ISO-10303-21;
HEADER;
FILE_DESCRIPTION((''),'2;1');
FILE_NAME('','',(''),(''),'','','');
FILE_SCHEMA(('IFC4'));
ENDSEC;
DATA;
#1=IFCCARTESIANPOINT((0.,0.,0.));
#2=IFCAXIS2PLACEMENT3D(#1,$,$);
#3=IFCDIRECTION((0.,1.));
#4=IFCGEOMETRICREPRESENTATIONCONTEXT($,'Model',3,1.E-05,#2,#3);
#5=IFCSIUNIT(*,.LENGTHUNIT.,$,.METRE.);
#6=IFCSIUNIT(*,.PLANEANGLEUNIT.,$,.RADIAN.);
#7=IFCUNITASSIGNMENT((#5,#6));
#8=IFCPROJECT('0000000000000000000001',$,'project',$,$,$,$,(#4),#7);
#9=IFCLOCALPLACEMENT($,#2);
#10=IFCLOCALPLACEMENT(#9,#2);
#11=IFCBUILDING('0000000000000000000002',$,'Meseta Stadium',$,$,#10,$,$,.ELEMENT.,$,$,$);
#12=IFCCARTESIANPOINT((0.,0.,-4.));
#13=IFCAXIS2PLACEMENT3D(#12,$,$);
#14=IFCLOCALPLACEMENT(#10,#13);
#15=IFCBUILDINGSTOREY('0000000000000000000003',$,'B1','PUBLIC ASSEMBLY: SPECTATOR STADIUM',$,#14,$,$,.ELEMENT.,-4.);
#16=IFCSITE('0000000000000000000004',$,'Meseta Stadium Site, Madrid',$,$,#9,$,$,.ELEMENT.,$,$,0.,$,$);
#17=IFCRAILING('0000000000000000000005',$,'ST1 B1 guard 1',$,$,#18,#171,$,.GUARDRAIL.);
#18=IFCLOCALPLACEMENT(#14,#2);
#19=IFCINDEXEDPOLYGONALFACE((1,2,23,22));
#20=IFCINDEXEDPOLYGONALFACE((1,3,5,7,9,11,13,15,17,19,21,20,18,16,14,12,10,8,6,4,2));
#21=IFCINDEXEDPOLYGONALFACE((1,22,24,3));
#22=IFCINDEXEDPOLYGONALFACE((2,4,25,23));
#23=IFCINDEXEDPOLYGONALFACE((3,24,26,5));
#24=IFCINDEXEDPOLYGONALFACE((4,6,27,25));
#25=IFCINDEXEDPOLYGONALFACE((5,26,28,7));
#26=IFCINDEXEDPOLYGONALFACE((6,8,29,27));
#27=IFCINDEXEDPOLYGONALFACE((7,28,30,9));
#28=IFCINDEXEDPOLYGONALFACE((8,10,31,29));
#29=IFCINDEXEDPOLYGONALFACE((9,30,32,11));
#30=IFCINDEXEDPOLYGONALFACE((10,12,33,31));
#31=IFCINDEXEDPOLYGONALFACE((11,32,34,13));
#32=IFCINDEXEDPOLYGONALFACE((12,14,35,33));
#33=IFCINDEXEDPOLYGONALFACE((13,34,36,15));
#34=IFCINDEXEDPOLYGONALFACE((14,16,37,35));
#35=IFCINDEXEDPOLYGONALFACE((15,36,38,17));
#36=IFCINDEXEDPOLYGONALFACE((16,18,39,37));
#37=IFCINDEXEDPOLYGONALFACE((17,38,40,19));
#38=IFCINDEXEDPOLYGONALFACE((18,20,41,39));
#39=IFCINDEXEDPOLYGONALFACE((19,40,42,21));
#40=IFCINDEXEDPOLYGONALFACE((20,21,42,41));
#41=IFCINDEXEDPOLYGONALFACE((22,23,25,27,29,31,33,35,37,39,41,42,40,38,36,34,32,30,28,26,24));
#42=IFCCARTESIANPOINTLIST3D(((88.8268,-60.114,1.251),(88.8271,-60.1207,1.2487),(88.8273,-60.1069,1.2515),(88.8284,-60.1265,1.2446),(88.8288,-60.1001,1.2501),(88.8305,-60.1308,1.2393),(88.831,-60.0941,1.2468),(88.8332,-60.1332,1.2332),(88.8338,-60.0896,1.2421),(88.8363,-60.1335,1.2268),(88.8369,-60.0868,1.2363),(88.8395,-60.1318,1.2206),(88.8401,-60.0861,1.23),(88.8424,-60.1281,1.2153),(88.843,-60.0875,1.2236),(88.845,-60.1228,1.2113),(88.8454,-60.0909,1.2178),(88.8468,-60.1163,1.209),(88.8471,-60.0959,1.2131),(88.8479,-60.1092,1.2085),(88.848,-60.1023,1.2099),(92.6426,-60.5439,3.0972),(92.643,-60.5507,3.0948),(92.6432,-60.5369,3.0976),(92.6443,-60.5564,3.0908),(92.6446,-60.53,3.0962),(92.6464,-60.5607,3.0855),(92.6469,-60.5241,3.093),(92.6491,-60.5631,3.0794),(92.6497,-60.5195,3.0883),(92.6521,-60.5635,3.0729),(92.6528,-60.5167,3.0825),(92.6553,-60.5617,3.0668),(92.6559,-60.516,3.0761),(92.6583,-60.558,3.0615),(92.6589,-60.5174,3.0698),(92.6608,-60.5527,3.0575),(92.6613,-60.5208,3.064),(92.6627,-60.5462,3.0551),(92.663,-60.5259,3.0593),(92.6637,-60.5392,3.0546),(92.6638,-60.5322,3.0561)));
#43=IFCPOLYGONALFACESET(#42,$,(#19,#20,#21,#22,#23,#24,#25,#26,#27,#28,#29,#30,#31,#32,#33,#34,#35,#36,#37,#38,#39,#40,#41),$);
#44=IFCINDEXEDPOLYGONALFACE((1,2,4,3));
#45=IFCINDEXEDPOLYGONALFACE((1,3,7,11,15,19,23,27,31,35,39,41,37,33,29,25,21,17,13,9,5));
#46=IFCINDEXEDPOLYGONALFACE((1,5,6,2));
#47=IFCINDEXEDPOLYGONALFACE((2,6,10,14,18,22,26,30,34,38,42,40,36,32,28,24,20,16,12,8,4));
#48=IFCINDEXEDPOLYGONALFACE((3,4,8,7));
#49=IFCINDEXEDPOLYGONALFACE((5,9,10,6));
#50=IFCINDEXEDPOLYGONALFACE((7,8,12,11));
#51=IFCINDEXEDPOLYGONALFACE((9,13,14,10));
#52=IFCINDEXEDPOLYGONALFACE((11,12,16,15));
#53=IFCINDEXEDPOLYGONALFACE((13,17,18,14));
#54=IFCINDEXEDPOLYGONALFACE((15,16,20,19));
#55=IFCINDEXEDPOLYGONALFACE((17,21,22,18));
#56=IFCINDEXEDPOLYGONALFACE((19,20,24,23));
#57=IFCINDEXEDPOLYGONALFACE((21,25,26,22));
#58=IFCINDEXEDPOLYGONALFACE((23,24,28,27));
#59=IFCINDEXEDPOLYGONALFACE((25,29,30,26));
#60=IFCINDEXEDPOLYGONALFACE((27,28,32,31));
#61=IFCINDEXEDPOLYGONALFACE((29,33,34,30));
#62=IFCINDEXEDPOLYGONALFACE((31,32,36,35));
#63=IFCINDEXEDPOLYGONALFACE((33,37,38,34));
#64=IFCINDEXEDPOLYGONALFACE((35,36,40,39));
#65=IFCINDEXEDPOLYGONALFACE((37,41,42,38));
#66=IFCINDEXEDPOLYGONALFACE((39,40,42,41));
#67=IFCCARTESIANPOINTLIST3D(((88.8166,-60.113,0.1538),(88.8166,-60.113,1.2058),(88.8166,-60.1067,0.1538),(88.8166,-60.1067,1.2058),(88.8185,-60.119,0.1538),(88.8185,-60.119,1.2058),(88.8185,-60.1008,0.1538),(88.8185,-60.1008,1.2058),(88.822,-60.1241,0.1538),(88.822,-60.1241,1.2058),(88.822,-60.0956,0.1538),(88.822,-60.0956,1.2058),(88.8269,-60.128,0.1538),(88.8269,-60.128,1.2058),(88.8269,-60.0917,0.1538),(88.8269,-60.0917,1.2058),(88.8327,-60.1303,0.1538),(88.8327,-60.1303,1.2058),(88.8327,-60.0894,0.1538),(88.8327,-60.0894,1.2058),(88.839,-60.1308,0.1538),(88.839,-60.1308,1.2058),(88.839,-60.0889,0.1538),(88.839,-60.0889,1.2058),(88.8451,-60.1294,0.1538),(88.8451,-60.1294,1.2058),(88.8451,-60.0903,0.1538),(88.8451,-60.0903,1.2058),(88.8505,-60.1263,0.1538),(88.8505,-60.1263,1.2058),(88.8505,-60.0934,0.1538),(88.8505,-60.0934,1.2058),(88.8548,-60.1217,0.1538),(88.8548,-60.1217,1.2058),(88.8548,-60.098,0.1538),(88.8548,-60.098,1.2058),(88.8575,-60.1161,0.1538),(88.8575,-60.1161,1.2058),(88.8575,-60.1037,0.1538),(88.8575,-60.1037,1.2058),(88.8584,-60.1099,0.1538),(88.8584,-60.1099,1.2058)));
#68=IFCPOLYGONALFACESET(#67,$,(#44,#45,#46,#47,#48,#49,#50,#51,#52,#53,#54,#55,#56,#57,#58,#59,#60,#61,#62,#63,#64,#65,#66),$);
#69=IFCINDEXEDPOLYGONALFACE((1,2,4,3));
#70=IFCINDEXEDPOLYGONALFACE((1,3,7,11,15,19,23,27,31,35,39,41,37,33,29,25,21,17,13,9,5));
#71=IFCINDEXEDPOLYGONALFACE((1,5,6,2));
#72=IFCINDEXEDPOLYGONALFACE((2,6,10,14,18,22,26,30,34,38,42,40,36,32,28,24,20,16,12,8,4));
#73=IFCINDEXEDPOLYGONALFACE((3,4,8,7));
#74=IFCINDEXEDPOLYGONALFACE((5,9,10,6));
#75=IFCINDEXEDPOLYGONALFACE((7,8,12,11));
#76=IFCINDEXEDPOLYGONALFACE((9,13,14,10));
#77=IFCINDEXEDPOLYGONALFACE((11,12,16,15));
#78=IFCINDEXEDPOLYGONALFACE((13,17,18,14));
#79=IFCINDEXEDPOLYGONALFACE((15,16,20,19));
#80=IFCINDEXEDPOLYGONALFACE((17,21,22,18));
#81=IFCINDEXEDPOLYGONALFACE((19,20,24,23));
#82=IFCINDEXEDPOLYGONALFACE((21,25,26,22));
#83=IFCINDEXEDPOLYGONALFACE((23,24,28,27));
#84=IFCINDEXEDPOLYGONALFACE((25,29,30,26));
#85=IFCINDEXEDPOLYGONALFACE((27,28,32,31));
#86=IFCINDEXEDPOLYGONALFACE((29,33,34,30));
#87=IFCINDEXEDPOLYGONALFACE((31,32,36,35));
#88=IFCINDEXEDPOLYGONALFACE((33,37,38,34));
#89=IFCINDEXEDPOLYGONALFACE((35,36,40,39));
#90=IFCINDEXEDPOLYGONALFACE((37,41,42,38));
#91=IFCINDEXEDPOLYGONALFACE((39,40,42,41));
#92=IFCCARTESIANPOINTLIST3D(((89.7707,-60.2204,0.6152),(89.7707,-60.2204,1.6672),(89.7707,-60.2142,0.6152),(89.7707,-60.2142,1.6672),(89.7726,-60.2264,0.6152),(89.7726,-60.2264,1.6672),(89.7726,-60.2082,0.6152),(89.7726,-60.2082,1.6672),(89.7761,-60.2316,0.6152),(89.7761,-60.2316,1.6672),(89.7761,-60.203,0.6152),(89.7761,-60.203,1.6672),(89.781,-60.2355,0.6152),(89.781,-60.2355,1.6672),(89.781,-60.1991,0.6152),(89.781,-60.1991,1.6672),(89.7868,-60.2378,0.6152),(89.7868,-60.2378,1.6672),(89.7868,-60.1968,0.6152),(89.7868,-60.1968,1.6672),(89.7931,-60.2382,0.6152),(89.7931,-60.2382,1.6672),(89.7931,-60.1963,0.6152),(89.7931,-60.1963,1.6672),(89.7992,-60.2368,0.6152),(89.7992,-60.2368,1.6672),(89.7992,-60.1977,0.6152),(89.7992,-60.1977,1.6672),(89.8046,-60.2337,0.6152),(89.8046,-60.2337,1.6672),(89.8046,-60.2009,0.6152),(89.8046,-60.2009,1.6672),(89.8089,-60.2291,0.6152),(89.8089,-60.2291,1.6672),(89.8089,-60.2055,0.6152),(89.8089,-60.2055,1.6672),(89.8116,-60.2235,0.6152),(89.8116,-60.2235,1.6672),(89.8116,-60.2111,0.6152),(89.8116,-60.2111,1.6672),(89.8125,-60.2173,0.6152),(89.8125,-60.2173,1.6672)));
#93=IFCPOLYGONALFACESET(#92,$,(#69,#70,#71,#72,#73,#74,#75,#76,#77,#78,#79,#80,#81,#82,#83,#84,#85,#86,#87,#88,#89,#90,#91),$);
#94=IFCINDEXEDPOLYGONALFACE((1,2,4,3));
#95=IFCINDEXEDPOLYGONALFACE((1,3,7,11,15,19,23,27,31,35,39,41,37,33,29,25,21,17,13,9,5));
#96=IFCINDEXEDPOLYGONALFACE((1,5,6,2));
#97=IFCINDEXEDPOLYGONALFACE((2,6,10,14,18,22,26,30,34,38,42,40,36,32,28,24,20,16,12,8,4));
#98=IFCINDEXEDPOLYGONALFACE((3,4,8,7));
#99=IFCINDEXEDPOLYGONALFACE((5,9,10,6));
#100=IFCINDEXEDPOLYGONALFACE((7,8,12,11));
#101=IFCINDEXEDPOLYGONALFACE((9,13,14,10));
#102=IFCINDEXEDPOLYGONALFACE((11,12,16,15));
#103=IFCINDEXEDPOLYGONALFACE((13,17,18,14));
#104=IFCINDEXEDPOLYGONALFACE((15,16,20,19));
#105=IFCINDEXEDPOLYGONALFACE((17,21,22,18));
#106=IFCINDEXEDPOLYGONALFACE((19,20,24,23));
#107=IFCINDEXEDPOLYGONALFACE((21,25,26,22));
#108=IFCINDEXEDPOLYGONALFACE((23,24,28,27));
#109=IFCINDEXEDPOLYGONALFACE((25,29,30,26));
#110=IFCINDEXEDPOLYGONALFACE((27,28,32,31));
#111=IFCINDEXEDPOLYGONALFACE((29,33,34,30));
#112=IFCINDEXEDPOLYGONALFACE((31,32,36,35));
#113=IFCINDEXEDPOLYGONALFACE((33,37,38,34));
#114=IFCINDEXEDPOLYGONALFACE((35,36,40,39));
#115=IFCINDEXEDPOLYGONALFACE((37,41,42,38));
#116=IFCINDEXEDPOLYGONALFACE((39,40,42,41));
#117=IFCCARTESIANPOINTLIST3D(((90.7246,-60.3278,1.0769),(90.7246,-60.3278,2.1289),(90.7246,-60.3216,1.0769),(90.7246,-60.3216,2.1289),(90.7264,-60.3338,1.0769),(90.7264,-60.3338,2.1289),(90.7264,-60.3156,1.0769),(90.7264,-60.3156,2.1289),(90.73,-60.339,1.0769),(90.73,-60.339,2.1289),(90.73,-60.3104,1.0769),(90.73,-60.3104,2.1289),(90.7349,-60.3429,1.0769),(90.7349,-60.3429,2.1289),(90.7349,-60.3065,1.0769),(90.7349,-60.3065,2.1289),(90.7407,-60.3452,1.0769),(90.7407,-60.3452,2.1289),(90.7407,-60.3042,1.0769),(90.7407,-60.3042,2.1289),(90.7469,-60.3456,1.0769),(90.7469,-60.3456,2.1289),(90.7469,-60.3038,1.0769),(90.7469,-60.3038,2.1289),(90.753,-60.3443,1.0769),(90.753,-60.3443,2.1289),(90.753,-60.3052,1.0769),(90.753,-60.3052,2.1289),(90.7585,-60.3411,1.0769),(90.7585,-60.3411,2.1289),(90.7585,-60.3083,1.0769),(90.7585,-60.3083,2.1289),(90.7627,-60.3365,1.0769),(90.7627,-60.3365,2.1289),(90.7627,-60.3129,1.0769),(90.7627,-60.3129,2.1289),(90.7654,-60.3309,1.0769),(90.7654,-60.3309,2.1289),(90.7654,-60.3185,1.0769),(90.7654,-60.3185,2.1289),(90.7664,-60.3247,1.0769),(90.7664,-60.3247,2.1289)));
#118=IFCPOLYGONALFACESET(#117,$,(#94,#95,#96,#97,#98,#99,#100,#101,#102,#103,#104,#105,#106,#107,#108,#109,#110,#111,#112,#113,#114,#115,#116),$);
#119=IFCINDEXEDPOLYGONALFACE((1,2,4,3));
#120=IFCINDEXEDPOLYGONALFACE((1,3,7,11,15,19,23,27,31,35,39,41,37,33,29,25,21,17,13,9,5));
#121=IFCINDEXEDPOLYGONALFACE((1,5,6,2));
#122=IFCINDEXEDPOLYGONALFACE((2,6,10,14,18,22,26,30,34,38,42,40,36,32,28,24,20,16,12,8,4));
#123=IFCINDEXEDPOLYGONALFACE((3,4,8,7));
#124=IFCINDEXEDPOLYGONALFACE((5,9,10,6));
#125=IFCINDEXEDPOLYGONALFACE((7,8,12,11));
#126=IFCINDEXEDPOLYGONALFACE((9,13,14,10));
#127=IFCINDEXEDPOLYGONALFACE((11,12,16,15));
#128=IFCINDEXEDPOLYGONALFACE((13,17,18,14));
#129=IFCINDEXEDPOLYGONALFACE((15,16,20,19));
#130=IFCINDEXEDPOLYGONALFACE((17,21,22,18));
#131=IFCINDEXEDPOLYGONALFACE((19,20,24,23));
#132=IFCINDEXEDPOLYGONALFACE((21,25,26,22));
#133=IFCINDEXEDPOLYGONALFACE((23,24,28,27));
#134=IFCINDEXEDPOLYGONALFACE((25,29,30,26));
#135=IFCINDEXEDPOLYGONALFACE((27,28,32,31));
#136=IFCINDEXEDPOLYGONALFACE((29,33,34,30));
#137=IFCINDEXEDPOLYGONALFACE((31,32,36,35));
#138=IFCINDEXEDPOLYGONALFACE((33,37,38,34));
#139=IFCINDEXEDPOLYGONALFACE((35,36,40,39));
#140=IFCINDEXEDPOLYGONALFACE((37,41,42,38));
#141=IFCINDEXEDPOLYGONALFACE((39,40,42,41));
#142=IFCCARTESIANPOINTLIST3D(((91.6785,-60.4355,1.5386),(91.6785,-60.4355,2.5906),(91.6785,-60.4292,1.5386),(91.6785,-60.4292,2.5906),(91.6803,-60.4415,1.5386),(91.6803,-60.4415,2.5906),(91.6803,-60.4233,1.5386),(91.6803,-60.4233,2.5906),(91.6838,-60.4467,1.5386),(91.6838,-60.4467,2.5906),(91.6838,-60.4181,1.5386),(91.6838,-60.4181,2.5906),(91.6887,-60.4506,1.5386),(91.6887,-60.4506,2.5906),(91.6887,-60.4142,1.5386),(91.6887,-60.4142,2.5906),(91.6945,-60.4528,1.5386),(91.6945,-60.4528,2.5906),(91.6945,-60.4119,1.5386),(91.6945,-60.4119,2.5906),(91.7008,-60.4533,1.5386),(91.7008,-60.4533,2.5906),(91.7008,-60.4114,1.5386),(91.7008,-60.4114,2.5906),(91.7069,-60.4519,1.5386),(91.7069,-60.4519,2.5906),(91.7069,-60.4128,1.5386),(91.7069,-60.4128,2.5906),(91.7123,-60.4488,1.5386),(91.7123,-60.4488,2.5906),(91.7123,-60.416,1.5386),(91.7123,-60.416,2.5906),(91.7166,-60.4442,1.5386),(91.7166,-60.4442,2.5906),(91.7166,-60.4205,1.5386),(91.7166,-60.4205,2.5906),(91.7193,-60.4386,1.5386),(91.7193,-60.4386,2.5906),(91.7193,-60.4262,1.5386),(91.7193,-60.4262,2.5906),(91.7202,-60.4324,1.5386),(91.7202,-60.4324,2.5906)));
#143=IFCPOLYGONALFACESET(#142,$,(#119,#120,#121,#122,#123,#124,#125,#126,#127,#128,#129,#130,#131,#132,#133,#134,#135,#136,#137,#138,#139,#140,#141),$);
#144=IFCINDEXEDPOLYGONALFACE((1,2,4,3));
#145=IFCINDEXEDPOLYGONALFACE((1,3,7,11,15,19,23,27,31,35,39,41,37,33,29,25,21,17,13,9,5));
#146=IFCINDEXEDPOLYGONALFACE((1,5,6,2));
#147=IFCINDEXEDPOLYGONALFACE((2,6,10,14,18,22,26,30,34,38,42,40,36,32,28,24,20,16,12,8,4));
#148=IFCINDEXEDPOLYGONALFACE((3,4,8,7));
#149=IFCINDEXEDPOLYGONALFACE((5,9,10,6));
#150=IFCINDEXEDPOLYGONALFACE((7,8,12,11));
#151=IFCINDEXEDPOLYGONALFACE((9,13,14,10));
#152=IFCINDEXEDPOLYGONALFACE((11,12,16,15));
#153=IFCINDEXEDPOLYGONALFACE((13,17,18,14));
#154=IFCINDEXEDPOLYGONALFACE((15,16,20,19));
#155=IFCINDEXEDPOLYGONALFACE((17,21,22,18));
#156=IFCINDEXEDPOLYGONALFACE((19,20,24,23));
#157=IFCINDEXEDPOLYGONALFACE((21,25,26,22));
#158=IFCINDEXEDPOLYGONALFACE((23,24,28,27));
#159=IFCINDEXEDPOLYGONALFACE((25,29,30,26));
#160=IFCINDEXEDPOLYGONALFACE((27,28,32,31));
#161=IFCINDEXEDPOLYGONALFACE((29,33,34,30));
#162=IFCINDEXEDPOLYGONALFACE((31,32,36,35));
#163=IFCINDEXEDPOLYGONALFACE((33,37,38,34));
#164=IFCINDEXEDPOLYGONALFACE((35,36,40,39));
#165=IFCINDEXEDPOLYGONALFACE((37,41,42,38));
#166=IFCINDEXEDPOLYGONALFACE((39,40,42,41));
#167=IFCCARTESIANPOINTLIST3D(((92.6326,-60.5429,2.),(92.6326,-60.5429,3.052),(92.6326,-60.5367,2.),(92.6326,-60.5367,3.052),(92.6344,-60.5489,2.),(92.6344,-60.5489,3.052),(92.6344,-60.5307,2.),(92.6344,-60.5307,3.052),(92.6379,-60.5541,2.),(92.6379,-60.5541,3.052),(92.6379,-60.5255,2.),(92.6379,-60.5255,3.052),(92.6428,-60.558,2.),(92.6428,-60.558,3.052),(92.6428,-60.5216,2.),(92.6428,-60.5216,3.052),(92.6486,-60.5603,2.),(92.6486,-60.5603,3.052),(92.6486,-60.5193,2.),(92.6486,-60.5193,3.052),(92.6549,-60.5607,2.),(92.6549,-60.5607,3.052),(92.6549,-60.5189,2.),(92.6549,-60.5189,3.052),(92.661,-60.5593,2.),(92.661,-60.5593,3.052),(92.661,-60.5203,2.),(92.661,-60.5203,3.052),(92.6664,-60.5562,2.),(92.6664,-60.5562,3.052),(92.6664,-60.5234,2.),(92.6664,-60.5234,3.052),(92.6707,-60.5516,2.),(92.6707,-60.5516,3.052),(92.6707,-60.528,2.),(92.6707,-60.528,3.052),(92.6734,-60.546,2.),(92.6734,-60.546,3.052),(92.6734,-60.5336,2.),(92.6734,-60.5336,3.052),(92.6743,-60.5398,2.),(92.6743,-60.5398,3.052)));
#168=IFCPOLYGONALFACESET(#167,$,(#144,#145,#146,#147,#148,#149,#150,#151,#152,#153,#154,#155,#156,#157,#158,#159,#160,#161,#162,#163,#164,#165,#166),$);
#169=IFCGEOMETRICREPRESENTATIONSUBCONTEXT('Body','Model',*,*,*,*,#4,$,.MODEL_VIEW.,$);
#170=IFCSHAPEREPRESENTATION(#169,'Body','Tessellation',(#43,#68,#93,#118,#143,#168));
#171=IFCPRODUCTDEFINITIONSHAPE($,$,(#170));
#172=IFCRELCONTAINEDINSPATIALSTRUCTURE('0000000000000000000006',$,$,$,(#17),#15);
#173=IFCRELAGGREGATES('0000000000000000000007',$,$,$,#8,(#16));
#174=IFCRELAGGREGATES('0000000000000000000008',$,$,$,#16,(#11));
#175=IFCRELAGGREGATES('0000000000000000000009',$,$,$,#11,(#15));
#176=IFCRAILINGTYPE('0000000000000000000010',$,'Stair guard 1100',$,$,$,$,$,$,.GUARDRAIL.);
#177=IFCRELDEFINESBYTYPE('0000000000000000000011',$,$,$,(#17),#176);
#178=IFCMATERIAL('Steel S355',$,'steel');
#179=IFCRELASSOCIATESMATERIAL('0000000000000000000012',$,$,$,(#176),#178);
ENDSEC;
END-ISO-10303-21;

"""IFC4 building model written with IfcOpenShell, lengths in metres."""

from ifc_helpers import new_model, si_unit, direction, frame, origin, origin_2d, place, context, subcontext, project, spatial, circle, extrude, material, type_object, element, save


model = new_model("IFC4")

# Units and contexts
model_context = context("Model", 3, precision=1e-05, world=origin(), true_north=direction((0.0, 1.0)))
body_context = subcontext(model_context, "Body", "Model", "MODEL_VIEW")
ifc_project = project(units=[si_unit("LENGTHUNIT", "METRE"), si_unit("PLANEANGLEUNIT", "RADIAN")], contexts=[model_context])

# Site, building, storey
site_placement = place(None, origin())
site = spatial("IfcSite", under=ifc_project, at=site_placement, Name="Meseta Stadium Site, Madrid", CompositionType="ELEMENT", RefElevation=0.0)
building_placement = place(site_placement, origin())
building = spatial("IfcBuilding", under=site, at=building_placement, Name="Meseta Stadium", CompositionType="ELEMENT")
storey_placement = place(building_placement, frame((0.0, 0.0, -4.0)))
storey = spatial("IfcBuildingStorey", under=building, at=storey_placement, Name="B1", Description="PUBLIC ASSEMBLY: SPECTATOR STADIUM", CompositionType="ELEMENT", Elevation=-4.0)

# Railing
ifc_material_1 = material(Name="Steel S355", Category="steel")
railing_type_1 = type_object("IfcRailingType", Name="Stair guard 1100", PredefinedType="GUARDRAIL", material=ifc_material_1)
railing_1_placement = place(storey_placement, frame((88.8374, -60.1099, 0.1538)))
element("IfcRailing", 1, at=railing_1_placement, inside=storey, type_object=railing_type_1, Name="ST1 B1 guard 1", PredefinedType="GUARDRAIL", context=body_context, shape_type="SweptSolid", body=[
    extrude(circle(Radius=0.0239, at=origin_2d()), frame((0.0, 0.0, 1.0762), z_axis=(0.895585, -0.100904, 0.433296), x_axis=(0.11196, 0.993713, 0.0)), (0.0, 0.0, 1.0), 4.2607),
    extrude(circle(Radius=0.021, at=origin_2d()), origin(), (0.0, 0.0, 1.0), 1.052),
    extrude(circle(Radius=0.021, at=origin_2d()), frame((0.9541, -0.1074, 0.4614)), (0.0, 0.0, 1.0), 1.052),
    extrude(circle(Radius=0.021, at=origin_2d()), frame((1.908, -0.2148, 0.9231)), (0.0, 0.0, 1.0), 1.052),
    extrude(circle(Radius=0.021, at=origin_2d()), frame((2.8618, -0.3225, 1.3848)), (0.0, 0.0, 1.0), 1.052),
    extrude(circle(Radius=0.021, at=origin_2d()), frame((3.8159, -0.4299, 1.8462)), (0.0, 0.0, 1.0), 1.052),
])

save(model, "model.ifc")
